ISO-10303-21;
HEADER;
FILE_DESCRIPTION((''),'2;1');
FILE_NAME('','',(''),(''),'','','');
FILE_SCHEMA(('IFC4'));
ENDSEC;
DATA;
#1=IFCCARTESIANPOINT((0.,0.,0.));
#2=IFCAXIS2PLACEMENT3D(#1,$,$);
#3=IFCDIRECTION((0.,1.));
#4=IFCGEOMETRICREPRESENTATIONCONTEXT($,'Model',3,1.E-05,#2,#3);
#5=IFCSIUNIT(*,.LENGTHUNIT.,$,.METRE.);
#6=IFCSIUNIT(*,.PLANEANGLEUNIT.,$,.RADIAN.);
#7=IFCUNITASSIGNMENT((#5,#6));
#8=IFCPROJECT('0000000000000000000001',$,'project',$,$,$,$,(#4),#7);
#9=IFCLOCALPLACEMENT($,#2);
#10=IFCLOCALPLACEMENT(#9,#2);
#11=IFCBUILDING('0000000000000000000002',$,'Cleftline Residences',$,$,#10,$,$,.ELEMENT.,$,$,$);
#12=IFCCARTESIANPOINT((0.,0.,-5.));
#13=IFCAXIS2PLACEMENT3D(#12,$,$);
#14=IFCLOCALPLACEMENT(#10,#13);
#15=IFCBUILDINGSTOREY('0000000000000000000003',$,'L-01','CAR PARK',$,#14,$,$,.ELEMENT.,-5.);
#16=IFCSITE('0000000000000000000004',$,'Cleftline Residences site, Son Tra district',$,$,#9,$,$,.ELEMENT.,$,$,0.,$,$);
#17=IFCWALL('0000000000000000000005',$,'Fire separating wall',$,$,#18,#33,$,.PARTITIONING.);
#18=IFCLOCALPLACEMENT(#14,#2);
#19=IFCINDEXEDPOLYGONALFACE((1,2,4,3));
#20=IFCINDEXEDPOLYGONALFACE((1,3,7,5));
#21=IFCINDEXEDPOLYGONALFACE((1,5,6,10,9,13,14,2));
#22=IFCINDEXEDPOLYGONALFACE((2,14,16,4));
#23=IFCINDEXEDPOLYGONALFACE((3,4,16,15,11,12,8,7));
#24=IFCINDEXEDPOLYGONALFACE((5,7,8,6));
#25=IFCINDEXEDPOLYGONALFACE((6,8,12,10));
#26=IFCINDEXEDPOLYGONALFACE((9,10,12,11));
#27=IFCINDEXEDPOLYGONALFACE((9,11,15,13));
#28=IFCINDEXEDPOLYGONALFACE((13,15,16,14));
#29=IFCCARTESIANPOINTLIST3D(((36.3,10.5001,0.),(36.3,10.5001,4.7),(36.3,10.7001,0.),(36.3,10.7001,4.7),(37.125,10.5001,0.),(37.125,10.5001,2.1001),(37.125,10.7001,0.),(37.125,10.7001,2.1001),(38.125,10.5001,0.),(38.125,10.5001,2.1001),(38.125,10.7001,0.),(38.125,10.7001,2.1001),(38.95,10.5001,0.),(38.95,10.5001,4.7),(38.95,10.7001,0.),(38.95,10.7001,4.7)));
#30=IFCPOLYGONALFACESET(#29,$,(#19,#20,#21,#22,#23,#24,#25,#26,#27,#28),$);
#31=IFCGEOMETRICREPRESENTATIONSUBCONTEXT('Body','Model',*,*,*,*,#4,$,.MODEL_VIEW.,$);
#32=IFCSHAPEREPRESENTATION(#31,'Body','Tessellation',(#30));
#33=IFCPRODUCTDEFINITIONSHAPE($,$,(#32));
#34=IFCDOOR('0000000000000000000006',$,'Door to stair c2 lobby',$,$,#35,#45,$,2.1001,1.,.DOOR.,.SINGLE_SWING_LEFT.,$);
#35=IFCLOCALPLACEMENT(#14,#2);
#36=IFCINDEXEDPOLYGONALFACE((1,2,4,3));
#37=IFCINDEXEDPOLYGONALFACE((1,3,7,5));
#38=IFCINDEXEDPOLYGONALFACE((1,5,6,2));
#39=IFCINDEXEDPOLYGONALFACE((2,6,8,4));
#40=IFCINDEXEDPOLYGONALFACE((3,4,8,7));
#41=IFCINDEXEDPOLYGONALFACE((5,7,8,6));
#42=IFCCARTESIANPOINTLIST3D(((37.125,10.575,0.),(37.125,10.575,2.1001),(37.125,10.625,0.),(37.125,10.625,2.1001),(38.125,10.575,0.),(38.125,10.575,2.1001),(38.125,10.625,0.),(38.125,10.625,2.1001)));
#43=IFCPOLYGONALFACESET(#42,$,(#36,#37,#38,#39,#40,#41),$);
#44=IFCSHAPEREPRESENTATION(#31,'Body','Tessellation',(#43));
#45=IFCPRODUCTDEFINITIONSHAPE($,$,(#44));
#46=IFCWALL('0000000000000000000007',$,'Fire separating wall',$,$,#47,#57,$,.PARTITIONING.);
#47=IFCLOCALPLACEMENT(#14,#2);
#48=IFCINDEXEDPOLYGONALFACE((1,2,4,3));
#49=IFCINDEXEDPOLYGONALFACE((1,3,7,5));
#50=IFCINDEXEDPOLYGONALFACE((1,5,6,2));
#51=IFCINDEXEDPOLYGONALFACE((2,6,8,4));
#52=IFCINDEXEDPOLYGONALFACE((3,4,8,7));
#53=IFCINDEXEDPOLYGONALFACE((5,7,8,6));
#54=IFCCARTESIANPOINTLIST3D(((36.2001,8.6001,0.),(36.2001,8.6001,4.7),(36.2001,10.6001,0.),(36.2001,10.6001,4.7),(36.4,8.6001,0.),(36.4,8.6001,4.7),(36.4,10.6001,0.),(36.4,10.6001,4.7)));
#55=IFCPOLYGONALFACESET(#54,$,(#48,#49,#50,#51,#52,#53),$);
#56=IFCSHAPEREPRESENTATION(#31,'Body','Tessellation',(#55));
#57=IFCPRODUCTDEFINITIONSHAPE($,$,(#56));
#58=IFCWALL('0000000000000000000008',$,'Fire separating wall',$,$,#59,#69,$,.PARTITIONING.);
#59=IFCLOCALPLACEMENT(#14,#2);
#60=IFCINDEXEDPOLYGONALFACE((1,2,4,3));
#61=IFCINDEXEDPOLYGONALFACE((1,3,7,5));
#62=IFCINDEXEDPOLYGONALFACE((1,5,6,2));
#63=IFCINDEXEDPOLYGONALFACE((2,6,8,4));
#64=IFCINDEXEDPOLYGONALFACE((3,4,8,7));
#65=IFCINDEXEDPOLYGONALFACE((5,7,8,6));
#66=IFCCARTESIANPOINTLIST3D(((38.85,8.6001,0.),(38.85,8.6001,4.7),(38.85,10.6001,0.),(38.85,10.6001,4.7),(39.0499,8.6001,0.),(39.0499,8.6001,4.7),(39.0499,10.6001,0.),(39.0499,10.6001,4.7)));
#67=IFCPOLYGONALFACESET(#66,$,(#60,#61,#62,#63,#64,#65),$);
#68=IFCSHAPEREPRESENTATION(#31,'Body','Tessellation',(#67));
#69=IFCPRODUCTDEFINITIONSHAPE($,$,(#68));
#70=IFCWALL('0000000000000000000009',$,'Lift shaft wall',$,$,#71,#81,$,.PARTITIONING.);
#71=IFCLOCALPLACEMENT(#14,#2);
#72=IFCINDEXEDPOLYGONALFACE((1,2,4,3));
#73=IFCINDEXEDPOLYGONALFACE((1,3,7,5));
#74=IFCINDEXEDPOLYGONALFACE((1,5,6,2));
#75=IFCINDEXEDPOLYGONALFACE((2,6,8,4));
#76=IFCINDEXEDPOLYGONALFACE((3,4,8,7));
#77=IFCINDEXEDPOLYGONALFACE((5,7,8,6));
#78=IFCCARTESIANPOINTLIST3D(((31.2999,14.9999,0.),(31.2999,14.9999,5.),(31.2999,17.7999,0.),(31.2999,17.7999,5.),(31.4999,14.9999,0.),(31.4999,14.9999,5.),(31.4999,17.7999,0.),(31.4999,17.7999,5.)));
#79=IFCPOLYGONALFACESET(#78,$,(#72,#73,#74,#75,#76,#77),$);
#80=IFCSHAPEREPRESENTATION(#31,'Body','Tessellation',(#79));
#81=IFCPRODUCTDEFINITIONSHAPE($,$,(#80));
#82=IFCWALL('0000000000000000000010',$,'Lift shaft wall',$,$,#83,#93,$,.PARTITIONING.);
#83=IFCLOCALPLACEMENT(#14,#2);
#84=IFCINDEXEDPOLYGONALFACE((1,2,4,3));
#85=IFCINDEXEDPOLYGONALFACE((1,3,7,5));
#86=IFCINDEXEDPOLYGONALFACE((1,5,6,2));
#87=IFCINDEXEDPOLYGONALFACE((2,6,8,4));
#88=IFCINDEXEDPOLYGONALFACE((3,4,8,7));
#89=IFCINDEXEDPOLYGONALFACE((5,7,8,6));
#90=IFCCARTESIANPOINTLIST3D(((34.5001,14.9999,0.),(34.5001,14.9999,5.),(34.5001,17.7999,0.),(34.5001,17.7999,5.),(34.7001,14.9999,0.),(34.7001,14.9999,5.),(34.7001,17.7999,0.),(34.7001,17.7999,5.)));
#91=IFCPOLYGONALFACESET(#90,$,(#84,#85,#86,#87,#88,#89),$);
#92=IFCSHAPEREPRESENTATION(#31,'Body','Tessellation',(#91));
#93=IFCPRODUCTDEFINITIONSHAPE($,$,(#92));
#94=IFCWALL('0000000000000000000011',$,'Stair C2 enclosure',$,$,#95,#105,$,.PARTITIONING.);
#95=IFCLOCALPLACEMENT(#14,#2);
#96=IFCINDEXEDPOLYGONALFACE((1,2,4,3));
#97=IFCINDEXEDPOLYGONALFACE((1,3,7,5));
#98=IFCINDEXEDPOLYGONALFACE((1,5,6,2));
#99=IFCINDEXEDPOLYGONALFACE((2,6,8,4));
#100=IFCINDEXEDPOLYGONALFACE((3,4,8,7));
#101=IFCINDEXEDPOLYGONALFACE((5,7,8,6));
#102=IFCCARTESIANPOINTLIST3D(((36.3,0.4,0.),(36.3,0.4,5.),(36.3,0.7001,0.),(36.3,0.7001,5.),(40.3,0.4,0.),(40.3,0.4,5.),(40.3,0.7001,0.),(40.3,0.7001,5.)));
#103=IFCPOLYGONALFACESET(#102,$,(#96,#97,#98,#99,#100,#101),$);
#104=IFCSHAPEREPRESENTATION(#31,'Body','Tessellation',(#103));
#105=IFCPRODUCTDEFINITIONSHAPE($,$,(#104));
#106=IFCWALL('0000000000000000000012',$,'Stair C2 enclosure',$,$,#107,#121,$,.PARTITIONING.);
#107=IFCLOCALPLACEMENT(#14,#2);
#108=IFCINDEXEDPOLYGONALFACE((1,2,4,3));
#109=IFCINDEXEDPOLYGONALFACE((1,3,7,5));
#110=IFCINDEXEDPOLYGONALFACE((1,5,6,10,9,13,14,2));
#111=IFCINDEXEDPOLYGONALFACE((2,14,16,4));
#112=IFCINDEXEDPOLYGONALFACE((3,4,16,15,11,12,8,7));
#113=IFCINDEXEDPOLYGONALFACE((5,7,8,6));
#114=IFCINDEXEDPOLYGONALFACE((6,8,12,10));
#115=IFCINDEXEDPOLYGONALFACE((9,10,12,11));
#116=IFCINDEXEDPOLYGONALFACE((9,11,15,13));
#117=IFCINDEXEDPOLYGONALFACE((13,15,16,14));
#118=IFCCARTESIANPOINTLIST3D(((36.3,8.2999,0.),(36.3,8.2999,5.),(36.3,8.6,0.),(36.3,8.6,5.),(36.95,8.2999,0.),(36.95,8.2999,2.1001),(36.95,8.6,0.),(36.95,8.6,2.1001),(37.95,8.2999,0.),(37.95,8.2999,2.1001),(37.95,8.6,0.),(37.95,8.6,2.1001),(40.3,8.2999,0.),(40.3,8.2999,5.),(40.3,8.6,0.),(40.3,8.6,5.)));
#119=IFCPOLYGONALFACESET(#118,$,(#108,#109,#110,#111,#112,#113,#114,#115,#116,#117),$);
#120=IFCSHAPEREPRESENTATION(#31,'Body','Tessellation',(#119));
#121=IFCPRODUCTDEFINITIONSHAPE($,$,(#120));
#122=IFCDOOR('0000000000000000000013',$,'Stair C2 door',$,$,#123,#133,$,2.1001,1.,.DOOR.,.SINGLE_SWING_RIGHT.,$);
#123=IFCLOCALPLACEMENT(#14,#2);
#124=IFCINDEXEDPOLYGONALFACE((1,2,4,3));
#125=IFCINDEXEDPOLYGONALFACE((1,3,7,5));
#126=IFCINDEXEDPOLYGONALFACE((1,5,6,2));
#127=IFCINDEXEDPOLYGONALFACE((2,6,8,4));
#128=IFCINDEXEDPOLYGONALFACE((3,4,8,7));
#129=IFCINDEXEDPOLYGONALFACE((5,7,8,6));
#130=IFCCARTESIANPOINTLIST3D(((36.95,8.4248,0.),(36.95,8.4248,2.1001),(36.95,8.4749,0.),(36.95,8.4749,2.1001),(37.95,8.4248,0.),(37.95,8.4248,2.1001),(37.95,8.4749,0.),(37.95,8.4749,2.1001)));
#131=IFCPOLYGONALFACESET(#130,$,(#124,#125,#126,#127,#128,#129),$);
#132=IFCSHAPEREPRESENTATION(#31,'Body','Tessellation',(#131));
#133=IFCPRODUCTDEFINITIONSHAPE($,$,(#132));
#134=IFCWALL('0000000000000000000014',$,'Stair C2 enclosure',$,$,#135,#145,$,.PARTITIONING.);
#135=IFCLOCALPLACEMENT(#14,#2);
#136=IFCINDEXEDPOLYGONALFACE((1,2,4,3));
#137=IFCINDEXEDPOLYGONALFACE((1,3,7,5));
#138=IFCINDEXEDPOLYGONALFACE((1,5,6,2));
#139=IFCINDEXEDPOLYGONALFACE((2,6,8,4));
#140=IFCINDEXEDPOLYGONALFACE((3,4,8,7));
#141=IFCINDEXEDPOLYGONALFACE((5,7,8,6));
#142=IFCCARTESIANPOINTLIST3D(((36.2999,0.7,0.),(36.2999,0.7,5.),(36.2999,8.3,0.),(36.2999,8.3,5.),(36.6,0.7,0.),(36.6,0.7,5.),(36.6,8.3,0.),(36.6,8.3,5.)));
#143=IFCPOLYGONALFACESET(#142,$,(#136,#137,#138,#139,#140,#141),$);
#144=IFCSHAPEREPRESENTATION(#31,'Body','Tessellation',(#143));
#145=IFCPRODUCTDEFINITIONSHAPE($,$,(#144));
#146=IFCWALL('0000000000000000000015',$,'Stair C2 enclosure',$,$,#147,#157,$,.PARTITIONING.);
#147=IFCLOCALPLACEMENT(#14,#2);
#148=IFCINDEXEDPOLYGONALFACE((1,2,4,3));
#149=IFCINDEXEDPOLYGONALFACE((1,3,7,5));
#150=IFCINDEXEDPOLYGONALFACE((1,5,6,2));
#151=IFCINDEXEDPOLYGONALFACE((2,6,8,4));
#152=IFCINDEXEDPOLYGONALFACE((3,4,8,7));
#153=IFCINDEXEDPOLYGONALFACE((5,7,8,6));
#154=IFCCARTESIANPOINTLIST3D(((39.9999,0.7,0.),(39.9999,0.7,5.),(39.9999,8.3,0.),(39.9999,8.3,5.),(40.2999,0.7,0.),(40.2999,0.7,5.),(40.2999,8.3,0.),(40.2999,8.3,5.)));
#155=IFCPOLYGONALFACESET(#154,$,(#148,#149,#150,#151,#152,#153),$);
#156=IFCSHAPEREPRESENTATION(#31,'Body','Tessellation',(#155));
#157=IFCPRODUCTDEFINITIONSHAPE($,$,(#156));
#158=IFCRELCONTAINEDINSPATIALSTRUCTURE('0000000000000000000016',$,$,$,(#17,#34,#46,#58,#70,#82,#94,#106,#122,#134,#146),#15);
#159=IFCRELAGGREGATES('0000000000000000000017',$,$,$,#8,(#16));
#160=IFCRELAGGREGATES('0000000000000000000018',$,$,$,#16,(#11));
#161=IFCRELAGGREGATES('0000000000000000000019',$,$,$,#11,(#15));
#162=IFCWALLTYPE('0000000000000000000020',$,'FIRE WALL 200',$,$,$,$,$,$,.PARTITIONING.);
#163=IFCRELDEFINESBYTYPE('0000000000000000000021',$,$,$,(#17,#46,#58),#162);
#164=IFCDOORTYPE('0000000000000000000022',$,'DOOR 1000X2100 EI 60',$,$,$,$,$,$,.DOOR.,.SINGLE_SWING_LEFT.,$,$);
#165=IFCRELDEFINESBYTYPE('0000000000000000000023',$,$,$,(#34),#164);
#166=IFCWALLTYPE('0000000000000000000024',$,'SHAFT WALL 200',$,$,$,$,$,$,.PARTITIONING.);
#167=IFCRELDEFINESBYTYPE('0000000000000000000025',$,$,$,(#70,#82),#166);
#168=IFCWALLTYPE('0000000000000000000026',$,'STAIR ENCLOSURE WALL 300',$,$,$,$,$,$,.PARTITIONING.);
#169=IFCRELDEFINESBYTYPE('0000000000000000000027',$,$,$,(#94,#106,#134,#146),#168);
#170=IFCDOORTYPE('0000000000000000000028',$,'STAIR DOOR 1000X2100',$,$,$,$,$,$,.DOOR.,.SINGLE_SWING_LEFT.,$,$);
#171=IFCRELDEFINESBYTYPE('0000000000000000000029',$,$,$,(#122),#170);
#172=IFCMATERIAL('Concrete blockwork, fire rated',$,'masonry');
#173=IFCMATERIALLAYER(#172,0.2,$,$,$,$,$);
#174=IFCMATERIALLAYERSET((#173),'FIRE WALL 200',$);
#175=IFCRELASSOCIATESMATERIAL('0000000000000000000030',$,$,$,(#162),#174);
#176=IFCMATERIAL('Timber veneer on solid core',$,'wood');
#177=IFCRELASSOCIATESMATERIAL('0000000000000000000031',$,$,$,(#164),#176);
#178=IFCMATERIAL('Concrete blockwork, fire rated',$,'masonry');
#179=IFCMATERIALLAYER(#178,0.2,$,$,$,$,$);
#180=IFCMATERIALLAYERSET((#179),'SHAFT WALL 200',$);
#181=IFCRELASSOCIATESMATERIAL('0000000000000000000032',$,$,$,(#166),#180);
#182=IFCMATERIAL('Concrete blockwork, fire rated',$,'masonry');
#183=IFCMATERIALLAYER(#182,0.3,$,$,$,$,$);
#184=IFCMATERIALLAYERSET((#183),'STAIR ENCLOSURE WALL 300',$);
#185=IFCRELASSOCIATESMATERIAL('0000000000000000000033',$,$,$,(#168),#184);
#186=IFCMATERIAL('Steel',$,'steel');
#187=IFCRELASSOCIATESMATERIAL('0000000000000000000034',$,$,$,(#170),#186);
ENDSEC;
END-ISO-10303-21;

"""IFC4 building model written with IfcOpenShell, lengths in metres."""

from ifc_helpers import new_model, si_unit, direction, frame, frame_2d, origin, place, context, subcontext, project, spatial, rectangle, extrude, material, layer, layer_set, type_object, element, fill, save


model = new_model("IFC4")

# Units and contexts
model_context = context("Model", 3, precision=1e-05, world=origin(), true_north=direction((0.0, 1.0)))
body_context = subcontext(model_context, "Body", "Model", "MODEL_VIEW")
ifc_project = project(units=[si_unit("LENGTHUNIT", "METRE"), si_unit("PLANEANGLEUNIT", "RADIAN")], contexts=[model_context])

# Site, building, storey
site_placement = place(None, origin())
site = spatial("IfcSite", under=ifc_project, at=site_placement, Name="Cleftline Residences site, Son Tra district", CompositionType="ELEMENT", RefElevation=0.0)
building_placement = place(site_placement, origin())
building = spatial("IfcBuilding", under=site, at=building_placement, Name="Cleftline Residences", CompositionType="ELEMENT")
storey_placement = place(building_placement, frame((0.0, 0.0, -5.0)))
storey = spatial("IfcBuildingStorey", under=building, at=storey_placement, Name="L-01", Description="CAR PARK", CompositionType="ELEMENT", Elevation=-5.0)

# Wall, opening, door
ifc_material_1 = material(Name="Concrete blockwork, fire rated", Category="masonry")
ifc_layer_1 = layer(ifc_material_1, 0.2)
ifc_layer_set_1 = layer_set([ifc_layer_1], Name="FIRE WALL 200")
wall_type_1 = type_object("IfcWallType", Name="FIRE WALL 200", PredefinedType="PARTITIONING", material=ifc_layer_set_1)
wall_1_placement = place(storey_placement, frame((36.3, 10.6001, 0.0), z_axis=(0.0, 0.0, 1.0), x_axis=(1.0, 0.0, 0.0)))
wall_1 = element("IfcWall", 1, at=wall_1_placement, inside=storey, type_object=wall_type_1, Name="Fire separating wall", PredefinedType="PARTITIONING", context=body_context, shape_type="SweptSolid", body=[
    extrude(rectangle(XDim=2.6499, YDim=0.2, at=frame_2d((1.325, 0.0))), origin(), (0.0, 0.0, 1.0), 4.7),
])
opening_1_placement = place(wall_1_placement, frame((0.825, 0.0, 0.0)))
opening_1 = element("IfcOpeningElement", 2, at=opening_1_placement, cuts=wall_1, PredefinedType="OPENING", context=body_context, shape_type="SweptSolid", body=[
    extrude(rectangle(XDim=1.0, YDim=2.1001, at=frame_2d((0.5, 1.05))), frame((0.0, 0.1099, 0.0), z_axis=(0.0, -1.0, 0.0), x_axis=(1.0, 0.0, 0.0)), (0.0, 0.0, 1.0), 0.22),
])
ifc_material_2 = material(Name="Timber veneer on solid core", Category="wood")
door_type_1 = type_object("IfcDoorType", Name="DOOR 1000X2100 EI 60", OperationType="SINGLE_SWING_LEFT", PredefinedType="DOOR", material=ifc_material_2)
door_1_placement = place(opening_1_placement, origin())
door_1 = element("IfcDoor", 3, at=door_1_placement, inside=storey, type_object=door_type_1, Name="Door to stair c2 lobby", OperationType="SINGLE_SWING_LEFT", OverallHeight=2.1001, OverallWidth=1.0, PredefinedType="DOOR", context=body_context, shape_type="SweptSolid", body=[
    extrude(rectangle(XDim=1.0, YDim=2.1001, at=frame_2d((0.5, 1.05))), frame((0.0, 0.0249, 0.0), z_axis=(0.0, -1.0, 0.0), x_axis=(1.0, 0.0, 0.0)), (0.0, 0.0, 1.0), 0.05),
])
fill(opening_1, door_1)

# Walls
for number, where, z_axis, x_axis, name in (
    (4, (36.3, 8.6001, 0.0), (0.0, 0.0, 1.0), (0.0, 1.0, 0.0), "Fire separating wall"),
    (5, (38.95, 8.6001, 0.0), (0.0, 0.0, 1.0), (0.0, 1.0, 0.0), "Fire separating wall"),
):
    element("IfcWall", number, at=place(storey_placement, frame(where, z_axis=z_axis, x_axis=x_axis)), inside=storey, type_object=wall_type_1, Name=name, PredefinedType="PARTITIONING", context=body_context, shape_type="SweptSolid", body=[
        extrude(rectangle(XDim=2.0, YDim=0.2, at=frame_2d((1.0, 0.0))), origin(), (0.0, 0.0, 1.0), 4.7),
    ])
ifc_material_3 = material(Name="Concrete blockwork, fire rated", Category="masonry")
ifc_layer_2 = layer(ifc_material_3, 0.2)
ifc_layer_set_2 = layer_set([ifc_layer_2], Name="SHAFT WALL 200")
wall_type_2 = type_object("IfcWallType", Name="SHAFT WALL 200", PredefinedType="PARTITIONING", material=ifc_layer_set_2)
for number, where, z_axis, x_axis, name in (
    (6, (31.3999, 15.0, 0.0), (0.0, 0.0, 1.0), (0.0, 1.0, 0.0), "Lift shaft wall"),
    (7, (34.6001, 15.0, 0.0), (0.0, 0.0, 1.0), (0.0, 1.0, 0.0), "Lift shaft wall"),
):
    element("IfcWall", number, at=place(storey_placement, frame(where, z_axis=z_axis, x_axis=x_axis)), inside=storey, type_object=wall_type_2, Name=name, PredefinedType="PARTITIONING", context=body_context, shape_type="SweptSolid", body=[
        extrude(rectangle(XDim=2.8, YDim=0.2, at=frame_2d((1.3999, 0.0))), origin(), (0.0, 0.0, 1.0), 5.0),
    ])
ifc_material_4 = material(Name="Concrete blockwork, fire rated", Category="masonry")
ifc_layer_3 = layer(ifc_material_4, 0.3)
ifc_layer_set_3 = layer_set([ifc_layer_3], Name="STAIR ENCLOSURE WALL 300")
wall_type_3 = type_object("IfcWallType", Name="STAIR ENCLOSURE WALL 300", PredefinedType="PARTITIONING", material=ifc_layer_set_3)
wall_2_placement = place(storey_placement, frame((36.3, 0.55, 0.0), z_axis=(0.0, 0.0, 1.0), x_axis=(1.0, 0.0, 0.0)))
element("IfcWall", 8, at=wall_2_placement, inside=storey, type_object=wall_type_3, Name="Stair C2 enclosure", PredefinedType="PARTITIONING", context=body_context, shape_type="SweptSolid", body=[
    extrude(rectangle(XDim=4.0, YDim=0.3, at=frame_2d((2.0, 0.0))), origin(), (0.0, 0.0, 1.0), 5.0),
])

# Wall, opening, door
wall_3_placement = place(storey_placement, frame((36.3, 8.45, 0.0), z_axis=(0.0, 0.0, 1.0), x_axis=(1.0, 0.0, 0.0)))
wall_3 = element("IfcWall", 9, at=wall_3_placement, inside=storey, type_object=wall_type_3, Name="Stair C2 enclosure", PredefinedType="PARTITIONING", context=body_context, shape_type="SweptSolid", body=[
    extrude(rectangle(XDim=4.0, YDim=0.3, at=frame_2d((2.0, 0.0))), origin(), (0.0, 0.0, 1.0), 5.0),
])
opening_2_placement = place(wall_3_placement, frame((0.6499, 0.0, 0.0)))
opening_2 = element("IfcOpeningElement", 10, at=opening_2_placement, cuts=wall_3, PredefinedType="OPENING", context=body_context, shape_type="SweptSolid", body=[
    extrude(rectangle(XDim=1.0, YDim=2.1001, at=frame_2d((0.5, 1.05))), frame((0.0, 0.1599, 0.0), z_axis=(0.0, -1.0, 0.0), x_axis=(1.0, 0.0, 0.0)), (0.0, 0.0, 1.0), 0.3201),
])
ifc_material_5 = material(Name="Steel", Category="steel")
door_type_2 = type_object("IfcDoorType", Name="STAIR DOOR 1000X2100", OperationType="SINGLE_SWING_LEFT", PredefinedType="DOOR", material=ifc_material_5)
door_2_placement = place(opening_2_placement, origin())
door_2 = element("IfcDoor", 11, at=door_2_placement, inside=storey, type_object=door_type_2, Name="Stair C2 door", OperationType="SINGLE_SWING_RIGHT", OverallHeight=2.1001, OverallWidth=1.0, PredefinedType="DOOR", context=body_context, shape_type="SweptSolid", body=[
    extrude(rectangle(XDim=1.0, YDim=2.1001, at=frame_2d((0.5, 1.05))), frame((0.0, 0.0249, 0.0), z_axis=(0.0, -1.0, 0.0), x_axis=(1.0, 0.0, 0.0)), (0.0, 0.0, 1.0), 0.05),
])
fill(opening_2, door_2)

# Walls
for number, where, z_axis, x_axis, name in (
    (12, (36.45, 0.7, 0.0), (0.0, 0.0, 1.0), (0.0, 1.0, 0.0), "Stair C2 enclosure"),
    (13, (40.1499, 0.7, 0.0), (0.0, 0.0, 1.0), (0.0, 1.0, 0.0), "Stair C2 enclosure"),
):
    element("IfcWall", number, at=place(storey_placement, frame(where, z_axis=z_axis, x_axis=x_axis)), inside=storey, type_object=wall_type_3, Name=name, PredefinedType="PARTITIONING", context=body_context, shape_type="SweptSolid", body=[
        extrude(rectangle(XDim=7.6001, YDim=0.3, at=frame_2d((3.8, 0.0))), origin(), (0.0, 0.0, 1.0), 5.0),
    ])

save(model, "model.ifc")
